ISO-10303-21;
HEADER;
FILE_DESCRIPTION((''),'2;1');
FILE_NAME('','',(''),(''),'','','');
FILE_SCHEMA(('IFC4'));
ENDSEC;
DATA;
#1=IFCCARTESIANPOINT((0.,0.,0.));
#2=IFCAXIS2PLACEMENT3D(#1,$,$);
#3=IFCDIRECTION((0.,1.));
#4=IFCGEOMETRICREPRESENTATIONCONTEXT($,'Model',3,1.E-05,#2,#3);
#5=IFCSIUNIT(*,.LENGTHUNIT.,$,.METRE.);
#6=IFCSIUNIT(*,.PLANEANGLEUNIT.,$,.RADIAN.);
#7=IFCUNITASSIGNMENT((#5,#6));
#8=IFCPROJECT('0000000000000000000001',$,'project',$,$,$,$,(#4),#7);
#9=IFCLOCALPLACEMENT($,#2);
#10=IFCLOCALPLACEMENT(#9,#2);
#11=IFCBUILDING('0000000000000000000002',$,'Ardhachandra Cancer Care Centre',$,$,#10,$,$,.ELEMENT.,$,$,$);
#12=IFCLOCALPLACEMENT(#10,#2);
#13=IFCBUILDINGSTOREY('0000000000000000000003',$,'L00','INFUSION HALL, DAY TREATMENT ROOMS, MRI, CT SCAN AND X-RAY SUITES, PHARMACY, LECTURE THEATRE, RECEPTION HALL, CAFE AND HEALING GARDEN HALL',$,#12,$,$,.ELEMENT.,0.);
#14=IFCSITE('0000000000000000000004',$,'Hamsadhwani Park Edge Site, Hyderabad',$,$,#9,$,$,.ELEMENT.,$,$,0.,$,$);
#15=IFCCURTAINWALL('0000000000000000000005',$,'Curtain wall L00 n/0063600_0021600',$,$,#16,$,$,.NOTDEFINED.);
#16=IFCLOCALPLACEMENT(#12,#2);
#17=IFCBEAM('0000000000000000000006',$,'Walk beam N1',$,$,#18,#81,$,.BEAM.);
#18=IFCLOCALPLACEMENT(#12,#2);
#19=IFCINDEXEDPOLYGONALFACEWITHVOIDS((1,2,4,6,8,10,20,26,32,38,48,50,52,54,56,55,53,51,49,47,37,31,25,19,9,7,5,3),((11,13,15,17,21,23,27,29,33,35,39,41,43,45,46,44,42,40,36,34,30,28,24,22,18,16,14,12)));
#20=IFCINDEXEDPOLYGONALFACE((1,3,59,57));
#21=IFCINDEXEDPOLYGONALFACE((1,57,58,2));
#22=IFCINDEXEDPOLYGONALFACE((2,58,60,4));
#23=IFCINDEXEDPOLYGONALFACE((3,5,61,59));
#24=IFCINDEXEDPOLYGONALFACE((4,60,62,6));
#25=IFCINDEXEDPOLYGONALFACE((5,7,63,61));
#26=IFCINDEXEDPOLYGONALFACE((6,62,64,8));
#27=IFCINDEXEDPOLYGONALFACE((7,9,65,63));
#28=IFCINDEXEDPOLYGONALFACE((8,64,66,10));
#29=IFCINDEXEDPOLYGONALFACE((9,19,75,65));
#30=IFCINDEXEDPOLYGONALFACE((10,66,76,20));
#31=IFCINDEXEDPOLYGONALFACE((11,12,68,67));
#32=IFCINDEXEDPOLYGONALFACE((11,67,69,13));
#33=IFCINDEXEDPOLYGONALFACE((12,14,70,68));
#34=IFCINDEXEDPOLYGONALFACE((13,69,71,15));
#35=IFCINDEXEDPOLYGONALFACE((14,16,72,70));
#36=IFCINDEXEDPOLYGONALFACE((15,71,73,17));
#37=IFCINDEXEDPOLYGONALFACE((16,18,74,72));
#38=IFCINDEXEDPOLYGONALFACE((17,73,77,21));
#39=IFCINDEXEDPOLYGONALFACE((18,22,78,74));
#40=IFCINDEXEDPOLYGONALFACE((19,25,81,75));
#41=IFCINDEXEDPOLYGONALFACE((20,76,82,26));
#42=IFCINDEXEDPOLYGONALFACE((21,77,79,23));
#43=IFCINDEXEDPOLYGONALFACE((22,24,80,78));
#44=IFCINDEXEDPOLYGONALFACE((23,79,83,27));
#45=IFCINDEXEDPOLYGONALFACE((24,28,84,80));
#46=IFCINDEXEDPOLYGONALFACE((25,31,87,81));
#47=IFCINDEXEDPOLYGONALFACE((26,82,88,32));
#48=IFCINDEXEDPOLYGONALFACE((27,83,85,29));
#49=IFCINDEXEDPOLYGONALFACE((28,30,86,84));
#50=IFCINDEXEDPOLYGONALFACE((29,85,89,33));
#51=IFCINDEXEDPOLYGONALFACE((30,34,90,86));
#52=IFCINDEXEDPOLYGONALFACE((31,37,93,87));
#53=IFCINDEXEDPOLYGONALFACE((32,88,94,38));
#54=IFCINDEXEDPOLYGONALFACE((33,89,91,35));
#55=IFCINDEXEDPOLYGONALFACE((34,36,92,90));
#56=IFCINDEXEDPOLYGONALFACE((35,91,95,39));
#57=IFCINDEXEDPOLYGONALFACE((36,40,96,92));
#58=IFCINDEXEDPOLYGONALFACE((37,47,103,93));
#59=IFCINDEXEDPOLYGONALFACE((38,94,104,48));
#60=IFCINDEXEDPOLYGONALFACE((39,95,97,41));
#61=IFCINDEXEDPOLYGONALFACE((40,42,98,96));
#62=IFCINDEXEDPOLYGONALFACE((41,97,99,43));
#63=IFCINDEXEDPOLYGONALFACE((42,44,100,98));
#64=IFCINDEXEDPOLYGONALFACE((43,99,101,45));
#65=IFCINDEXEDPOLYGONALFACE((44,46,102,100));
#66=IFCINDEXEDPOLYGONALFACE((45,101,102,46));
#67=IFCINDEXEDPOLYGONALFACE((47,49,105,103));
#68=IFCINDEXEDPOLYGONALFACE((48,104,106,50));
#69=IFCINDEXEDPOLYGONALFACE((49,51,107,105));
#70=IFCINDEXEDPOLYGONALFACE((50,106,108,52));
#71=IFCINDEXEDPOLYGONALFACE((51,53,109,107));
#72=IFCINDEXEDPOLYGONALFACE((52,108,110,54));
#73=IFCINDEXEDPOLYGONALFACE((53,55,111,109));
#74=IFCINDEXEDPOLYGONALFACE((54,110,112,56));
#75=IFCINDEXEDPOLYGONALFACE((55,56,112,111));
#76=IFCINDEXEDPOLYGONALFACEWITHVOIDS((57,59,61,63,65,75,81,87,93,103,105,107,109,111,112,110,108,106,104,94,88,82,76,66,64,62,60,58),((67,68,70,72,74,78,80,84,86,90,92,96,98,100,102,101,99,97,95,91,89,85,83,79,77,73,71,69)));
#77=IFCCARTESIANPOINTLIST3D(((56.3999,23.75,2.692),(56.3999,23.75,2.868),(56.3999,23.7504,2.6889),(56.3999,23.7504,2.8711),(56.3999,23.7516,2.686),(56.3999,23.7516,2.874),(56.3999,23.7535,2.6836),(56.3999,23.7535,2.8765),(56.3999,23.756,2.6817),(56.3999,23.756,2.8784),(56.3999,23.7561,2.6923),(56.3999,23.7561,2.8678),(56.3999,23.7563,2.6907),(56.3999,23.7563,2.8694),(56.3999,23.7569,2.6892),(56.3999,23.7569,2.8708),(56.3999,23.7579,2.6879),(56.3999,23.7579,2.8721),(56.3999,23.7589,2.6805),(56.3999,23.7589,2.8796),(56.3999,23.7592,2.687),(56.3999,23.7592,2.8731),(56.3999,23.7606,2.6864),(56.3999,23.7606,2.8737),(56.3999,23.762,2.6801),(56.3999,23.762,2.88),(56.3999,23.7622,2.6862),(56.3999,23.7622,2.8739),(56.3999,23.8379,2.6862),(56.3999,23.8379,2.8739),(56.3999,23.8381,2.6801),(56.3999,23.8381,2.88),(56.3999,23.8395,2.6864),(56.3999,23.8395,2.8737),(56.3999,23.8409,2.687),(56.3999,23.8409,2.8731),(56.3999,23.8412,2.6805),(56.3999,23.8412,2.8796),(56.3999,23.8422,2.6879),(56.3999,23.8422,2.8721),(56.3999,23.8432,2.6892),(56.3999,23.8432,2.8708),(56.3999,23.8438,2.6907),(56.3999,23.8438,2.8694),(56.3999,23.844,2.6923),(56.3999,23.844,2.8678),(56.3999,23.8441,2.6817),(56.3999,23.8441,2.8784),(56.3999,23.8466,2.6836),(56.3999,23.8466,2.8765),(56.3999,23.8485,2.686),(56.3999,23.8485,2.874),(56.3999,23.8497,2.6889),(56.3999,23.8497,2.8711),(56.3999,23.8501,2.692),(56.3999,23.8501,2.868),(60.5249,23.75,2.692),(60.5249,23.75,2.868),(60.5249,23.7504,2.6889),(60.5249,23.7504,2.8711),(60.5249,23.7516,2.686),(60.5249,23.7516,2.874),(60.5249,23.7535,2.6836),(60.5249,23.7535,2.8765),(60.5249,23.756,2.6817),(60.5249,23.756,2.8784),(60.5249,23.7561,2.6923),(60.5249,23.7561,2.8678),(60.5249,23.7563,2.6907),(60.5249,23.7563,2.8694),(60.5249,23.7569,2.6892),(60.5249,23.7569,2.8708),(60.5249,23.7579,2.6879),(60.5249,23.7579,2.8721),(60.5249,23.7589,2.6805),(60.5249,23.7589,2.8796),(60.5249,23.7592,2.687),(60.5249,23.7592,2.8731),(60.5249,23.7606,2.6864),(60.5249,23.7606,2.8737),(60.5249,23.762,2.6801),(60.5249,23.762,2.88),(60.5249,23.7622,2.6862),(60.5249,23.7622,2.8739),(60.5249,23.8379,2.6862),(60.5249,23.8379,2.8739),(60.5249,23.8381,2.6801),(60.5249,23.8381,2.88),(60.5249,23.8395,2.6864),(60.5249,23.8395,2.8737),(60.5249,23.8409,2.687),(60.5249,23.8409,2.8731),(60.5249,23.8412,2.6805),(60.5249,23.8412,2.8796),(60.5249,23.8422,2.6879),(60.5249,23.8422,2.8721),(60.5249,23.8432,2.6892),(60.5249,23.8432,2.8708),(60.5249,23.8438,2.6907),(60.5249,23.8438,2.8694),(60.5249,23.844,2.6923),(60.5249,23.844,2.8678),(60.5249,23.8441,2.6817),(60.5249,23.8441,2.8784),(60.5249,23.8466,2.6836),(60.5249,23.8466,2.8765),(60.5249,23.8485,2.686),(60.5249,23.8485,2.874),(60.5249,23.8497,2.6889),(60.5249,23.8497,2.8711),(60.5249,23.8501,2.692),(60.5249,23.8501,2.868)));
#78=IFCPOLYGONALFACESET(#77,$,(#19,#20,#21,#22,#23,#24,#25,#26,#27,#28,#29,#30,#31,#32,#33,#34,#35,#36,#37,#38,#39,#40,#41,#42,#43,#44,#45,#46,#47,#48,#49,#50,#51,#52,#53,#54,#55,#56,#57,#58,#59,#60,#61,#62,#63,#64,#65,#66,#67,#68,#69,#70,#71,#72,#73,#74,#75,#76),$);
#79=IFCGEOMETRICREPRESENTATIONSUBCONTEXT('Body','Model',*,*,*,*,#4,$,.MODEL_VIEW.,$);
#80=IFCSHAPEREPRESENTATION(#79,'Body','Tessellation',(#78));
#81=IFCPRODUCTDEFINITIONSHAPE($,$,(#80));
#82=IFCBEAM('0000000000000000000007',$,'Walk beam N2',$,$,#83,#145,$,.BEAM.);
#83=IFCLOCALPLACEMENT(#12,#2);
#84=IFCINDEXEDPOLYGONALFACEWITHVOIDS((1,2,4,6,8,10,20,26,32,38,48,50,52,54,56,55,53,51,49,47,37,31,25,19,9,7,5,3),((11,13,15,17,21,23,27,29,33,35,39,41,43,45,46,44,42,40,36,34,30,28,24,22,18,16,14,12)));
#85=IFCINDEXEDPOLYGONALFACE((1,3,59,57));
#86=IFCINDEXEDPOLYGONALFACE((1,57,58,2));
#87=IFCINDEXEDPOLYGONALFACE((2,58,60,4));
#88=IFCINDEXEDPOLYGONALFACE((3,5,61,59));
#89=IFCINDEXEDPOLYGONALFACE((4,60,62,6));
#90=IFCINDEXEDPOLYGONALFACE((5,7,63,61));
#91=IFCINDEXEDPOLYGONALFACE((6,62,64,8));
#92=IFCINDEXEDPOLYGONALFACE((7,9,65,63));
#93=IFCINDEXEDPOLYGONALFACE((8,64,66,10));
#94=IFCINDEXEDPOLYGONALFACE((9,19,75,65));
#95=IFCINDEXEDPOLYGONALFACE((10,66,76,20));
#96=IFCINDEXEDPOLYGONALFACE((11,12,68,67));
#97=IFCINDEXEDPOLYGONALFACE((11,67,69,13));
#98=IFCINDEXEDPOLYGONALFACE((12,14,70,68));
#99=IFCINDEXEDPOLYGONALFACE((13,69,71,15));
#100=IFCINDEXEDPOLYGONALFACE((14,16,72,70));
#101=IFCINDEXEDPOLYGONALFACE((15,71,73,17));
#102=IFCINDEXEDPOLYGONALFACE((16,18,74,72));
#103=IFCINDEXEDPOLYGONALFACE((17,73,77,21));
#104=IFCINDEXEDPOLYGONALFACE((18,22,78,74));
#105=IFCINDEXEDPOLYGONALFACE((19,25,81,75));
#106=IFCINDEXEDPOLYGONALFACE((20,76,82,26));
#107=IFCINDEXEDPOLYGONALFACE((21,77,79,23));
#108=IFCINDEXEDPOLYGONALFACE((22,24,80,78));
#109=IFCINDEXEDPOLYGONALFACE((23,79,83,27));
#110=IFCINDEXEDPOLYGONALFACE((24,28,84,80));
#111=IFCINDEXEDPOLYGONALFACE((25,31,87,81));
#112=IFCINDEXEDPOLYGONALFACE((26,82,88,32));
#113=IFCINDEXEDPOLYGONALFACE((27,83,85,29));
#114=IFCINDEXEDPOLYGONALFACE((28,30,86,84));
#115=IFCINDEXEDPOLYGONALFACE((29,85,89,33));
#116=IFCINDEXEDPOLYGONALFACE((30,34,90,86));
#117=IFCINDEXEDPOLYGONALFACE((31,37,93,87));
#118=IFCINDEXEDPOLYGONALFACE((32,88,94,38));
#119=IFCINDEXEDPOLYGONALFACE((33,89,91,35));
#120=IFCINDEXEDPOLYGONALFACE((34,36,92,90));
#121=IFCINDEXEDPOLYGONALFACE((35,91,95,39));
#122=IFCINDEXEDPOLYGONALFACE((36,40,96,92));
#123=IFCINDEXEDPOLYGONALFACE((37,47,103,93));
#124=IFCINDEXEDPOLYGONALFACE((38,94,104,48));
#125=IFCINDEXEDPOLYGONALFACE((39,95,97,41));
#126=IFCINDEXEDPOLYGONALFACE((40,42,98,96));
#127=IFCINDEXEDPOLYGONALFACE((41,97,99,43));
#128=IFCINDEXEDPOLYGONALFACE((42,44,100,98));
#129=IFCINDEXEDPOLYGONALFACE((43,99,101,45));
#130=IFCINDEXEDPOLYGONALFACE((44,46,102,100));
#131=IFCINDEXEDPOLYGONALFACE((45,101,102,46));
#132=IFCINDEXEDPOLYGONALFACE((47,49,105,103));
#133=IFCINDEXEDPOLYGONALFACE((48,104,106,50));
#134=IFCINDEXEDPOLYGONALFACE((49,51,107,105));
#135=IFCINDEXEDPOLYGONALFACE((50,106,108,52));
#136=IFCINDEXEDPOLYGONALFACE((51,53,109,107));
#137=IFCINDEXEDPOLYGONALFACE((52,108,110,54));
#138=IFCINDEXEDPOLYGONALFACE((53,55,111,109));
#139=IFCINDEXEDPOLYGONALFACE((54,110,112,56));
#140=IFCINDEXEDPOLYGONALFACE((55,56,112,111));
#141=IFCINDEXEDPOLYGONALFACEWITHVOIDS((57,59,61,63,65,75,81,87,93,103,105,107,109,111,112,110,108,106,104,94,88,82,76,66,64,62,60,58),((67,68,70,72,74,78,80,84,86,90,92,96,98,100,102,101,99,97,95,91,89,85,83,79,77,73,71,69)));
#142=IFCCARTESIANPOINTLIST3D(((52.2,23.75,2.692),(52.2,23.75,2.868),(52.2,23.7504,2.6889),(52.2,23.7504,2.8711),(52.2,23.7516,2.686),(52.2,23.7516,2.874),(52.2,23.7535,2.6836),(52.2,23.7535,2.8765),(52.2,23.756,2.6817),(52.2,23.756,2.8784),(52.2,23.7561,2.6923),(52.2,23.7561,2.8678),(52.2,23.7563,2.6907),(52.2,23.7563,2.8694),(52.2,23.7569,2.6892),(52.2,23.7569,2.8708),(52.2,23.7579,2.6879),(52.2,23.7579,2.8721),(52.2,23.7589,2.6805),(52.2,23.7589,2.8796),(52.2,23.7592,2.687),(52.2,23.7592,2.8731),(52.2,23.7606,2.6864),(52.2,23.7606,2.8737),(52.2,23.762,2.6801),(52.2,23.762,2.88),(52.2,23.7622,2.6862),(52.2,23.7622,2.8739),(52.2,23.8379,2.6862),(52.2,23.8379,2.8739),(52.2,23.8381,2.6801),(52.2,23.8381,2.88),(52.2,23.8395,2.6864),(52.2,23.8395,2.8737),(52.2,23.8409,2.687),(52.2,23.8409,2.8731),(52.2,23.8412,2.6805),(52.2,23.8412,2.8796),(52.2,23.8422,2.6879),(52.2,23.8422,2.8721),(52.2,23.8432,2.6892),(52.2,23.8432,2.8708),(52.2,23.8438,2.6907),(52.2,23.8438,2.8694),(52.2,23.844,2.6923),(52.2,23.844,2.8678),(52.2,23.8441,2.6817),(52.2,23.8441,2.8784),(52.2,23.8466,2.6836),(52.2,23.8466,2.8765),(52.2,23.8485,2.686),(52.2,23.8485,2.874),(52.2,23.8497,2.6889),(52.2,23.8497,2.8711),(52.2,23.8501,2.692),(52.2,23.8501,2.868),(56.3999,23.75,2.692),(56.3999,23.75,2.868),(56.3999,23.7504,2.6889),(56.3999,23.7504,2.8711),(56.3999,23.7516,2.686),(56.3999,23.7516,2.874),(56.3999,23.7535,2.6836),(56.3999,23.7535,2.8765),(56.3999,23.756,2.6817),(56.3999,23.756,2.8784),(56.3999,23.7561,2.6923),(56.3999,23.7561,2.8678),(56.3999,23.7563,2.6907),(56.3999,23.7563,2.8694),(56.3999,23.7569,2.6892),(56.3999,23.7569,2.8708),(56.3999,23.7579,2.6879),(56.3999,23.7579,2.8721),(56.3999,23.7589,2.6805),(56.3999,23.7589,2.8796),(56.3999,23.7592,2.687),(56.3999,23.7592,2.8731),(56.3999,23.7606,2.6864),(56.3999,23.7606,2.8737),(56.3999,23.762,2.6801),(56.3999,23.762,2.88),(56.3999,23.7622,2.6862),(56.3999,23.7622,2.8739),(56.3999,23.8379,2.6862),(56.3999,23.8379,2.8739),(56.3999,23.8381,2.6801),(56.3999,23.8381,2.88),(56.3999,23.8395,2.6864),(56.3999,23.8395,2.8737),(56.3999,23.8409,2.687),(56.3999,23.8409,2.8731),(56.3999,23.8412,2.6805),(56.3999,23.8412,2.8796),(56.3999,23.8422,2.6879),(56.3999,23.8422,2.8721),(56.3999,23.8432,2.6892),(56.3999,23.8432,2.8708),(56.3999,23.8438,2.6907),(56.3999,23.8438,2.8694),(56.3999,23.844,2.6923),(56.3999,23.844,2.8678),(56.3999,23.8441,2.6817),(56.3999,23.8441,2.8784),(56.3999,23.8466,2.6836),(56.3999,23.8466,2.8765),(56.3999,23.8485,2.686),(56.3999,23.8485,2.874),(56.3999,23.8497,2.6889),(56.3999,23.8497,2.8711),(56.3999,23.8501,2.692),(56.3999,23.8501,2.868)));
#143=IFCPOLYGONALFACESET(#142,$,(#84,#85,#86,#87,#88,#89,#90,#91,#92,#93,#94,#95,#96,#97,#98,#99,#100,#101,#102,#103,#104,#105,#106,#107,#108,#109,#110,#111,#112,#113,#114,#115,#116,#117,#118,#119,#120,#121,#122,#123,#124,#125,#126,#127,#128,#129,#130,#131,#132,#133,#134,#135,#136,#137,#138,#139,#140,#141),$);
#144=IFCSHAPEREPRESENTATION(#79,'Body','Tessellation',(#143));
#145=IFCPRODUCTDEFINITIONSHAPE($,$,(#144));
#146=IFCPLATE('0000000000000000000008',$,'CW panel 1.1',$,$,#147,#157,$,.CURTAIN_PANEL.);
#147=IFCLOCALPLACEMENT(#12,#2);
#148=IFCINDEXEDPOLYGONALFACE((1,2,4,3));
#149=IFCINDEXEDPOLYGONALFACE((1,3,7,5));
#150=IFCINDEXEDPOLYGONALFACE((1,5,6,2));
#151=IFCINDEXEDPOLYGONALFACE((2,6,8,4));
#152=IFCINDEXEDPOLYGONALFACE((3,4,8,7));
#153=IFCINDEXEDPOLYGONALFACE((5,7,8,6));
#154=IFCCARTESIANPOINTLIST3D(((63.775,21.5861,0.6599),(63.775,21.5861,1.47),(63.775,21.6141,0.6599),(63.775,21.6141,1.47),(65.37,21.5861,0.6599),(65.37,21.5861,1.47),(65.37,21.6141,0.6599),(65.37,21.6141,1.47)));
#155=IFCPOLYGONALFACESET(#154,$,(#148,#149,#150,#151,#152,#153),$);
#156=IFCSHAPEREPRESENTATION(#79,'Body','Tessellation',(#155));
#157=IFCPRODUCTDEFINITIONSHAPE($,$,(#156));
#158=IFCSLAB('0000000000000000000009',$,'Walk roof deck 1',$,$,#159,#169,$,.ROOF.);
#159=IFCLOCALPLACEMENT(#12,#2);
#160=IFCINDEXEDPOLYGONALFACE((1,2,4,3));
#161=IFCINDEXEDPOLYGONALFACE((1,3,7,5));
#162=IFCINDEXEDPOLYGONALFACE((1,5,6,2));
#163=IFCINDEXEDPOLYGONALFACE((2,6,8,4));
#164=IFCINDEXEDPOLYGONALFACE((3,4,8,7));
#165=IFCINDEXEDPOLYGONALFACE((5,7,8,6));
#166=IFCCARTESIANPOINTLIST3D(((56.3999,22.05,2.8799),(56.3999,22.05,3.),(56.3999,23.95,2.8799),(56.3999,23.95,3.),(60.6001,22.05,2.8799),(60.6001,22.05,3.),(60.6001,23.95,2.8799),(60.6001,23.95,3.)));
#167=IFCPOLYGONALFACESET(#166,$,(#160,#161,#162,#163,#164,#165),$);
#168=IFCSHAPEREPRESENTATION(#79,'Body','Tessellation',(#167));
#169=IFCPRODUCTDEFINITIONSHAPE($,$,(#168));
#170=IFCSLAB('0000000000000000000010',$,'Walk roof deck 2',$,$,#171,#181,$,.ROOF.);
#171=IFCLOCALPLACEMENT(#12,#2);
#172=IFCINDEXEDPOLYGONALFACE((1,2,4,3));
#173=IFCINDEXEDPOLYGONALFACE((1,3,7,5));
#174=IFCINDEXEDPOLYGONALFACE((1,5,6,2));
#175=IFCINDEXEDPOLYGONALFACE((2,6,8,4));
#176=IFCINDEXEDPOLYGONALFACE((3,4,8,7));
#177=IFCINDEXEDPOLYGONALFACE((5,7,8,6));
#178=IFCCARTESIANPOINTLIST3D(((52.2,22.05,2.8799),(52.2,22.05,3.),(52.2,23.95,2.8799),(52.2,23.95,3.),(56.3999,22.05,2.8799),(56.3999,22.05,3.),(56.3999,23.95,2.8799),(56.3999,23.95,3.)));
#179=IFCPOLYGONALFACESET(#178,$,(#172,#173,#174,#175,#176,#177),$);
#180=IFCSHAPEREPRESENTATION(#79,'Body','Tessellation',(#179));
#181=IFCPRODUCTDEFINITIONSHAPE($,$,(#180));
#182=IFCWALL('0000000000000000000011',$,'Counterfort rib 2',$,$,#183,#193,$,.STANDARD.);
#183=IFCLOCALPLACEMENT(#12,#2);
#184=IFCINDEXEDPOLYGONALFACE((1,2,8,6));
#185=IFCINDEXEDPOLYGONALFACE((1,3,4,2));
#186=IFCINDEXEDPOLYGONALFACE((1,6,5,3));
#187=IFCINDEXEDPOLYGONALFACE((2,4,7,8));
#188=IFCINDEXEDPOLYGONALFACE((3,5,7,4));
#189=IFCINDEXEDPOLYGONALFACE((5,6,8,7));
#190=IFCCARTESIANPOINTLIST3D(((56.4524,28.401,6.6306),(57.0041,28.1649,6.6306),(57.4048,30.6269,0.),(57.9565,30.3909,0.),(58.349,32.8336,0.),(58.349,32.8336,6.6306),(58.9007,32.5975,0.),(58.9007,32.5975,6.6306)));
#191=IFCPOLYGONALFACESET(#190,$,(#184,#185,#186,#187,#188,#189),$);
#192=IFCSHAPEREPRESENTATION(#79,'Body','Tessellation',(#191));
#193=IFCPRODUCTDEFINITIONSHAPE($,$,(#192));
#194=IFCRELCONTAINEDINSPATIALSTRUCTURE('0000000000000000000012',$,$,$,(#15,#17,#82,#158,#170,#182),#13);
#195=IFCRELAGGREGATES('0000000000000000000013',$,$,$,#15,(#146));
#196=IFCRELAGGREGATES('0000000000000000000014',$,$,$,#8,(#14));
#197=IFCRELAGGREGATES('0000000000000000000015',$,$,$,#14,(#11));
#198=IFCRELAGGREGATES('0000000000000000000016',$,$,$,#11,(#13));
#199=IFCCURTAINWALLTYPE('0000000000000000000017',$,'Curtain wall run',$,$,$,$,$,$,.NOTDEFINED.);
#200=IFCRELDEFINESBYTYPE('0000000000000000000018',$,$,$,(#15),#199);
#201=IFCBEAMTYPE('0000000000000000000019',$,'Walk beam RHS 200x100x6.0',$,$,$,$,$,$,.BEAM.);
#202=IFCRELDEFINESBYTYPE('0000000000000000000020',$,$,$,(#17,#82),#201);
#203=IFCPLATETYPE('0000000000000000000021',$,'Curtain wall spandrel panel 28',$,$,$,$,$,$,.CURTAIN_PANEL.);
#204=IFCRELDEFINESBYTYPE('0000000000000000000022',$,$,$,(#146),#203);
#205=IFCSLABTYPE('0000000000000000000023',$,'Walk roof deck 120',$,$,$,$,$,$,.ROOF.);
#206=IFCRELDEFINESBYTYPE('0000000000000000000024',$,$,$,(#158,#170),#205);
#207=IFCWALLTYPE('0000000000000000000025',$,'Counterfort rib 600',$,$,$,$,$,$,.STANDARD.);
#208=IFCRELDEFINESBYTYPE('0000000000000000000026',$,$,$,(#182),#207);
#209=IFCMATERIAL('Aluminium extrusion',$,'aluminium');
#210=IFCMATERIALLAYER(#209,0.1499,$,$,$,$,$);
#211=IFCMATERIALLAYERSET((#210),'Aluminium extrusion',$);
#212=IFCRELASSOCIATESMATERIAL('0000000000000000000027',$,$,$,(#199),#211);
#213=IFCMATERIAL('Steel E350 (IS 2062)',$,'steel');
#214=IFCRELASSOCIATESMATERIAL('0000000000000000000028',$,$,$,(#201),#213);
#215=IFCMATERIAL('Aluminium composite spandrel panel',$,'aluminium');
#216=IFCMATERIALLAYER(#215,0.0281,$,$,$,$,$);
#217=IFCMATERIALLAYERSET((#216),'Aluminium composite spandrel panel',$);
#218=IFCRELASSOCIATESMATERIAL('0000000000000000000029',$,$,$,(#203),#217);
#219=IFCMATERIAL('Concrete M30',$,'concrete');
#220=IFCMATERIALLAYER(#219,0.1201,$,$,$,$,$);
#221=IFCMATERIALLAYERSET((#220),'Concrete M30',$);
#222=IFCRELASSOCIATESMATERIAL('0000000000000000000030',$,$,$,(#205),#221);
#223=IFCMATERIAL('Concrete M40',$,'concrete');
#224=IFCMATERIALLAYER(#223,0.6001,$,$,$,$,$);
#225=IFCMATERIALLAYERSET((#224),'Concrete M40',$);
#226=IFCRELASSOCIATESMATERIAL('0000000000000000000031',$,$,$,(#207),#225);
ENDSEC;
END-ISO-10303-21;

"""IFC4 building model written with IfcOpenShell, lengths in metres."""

from ifc_helpers import new_model, si_unit, direction, frame, origin, origin_2d, place, context, subcontext, project, spatial, polyline, rectangle, hollow_rectangle, outline, extrude, material, layer, layer_set, material_profile, profile_set, type_object, element, aggregate, save


model = new_model("IFC4")

# Units and contexts
model_context = context("Model", 3, precision=1e-05, world=origin(), true_north=direction((0.0, 1.0)))
body_context = subcontext(model_context, "Body", "Model", "MODEL_VIEW")
ifc_project = project(units=[si_unit("LENGTHUNIT", "METRE"), si_unit("PLANEANGLEUNIT", "RADIAN")], contexts=[model_context])

# Site, building, storey
site_placement = place(None, origin())
site = spatial("IfcSite", under=ifc_project, at=site_placement, Name="Hamsadhwani Park Edge Site, Hyderabad", CompositionType="ELEMENT", RefElevation=0.0)
building_placement = place(site_placement, origin())
building = spatial("IfcBuilding", under=site, at=building_placement, Name="Ardhachandra Cancer Care Centre", CompositionType="ELEMENT")
storey_placement = place(building_placement, origin())
storey = spatial("IfcBuildingStorey", under=building, at=storey_placement, Name="L00", Description="INFUSION HALL, DAY TREATMENT ROOMS, MRI, CT SCAN AND X-RAY SUITES, PHARMACY, LECTURE THEATRE, RECEPTION HALL, CAFE AND HEALING GARDEN HALL", CompositionType="ELEMENT", Elevation=0.0)

# Curtain wall
ifc_material_1 = material(Name="Aluminium extrusion", Category="aluminium")
ifc_layer_1 = layer(ifc_material_1, 0.1499)
ifc_layer_set_1 = layer_set([ifc_layer_1], Name="Aluminium extrusion")
curtain_wall_type = type_object("IfcCurtainWallType", Name="Curtain wall run", PredefinedType="NOTDEFINED", material=ifc_layer_set_1)
curtain_wall_1_placement = place(storey_placement, origin())
curtain_wall_1 = element("IfcCurtainWall", 1, at=curtain_wall_1_placement, inside=storey, type_object=curtain_wall_type, Name="Curtain wall L00 n/0063600_0021600", PredefinedType="NOTDEFINED")

# Beams
ifc_material_2 = material(Name="Steel E350 (IS 2062)", Category="steel")
ifc_material_profile_1 = material_profile(ifc_material_2, hollow_rectangle(XDim=0.1001, YDim=0.2, WallThickness=0.0061, InnerFilletRadius=0.0061, OuterFilletRadius=0.012, at=origin_2d()), Name="RHS 200x100x6.0")
ifc_profile_set_1 = profile_set([ifc_material_profile_1], Name="Steel E350 (IS 2062)")
beam_type_1 = type_object("IfcBeamType", Name="Walk beam RHS 200x100x6.0", PredefinedType="BEAM", material=ifc_profile_set_1)
beam_1_placement = place(storey_placement, frame((56.3999, 23.8, 2.78), z_axis=(1.0, 0.0, 0.0), x_axis=(0.0, 1.0, 0.0)))
element("IfcBeam", 2, at=beam_1_placement, inside=storey, type_object=beam_type_1, Name="Walk beam N1", PredefinedType="BEAM", context=body_context, shape_type="SweptSolid", body=[
    extrude(hollow_rectangle(XDim=0.1001, YDim=0.2, WallThickness=0.0061, InnerFilletRadius=0.0061, OuterFilletRadius=0.012, at=origin_2d()), origin(), (0.0, 0.0, 1.0), 4.125),
])
beam_2_placement = place(storey_placement, frame((52.2, 23.8, 2.78), z_axis=(1.0, 0.0, 0.0), x_axis=(0.0, 1.0, 0.0)))
element("IfcBeam", 3, at=beam_2_placement, inside=storey, type_object=beam_type_1, Name="Walk beam N2", PredefinedType="BEAM", context=body_context, shape_type="SweptSolid", body=[
    extrude(hollow_rectangle(XDim=0.1001, YDim=0.2, WallThickness=0.0061, InnerFilletRadius=0.0061, OuterFilletRadius=0.012, at=origin_2d()), origin(), (0.0, 0.0, 1.0), 4.2),
])

# Plate
ifc_material_3 = material(Name="Aluminium composite spandrel panel", Category="aluminium")
ifc_layer_2 = layer(ifc_material_3, 0.0281)
ifc_layer_set_2 = layer_set([ifc_layer_2], Name="Aluminium composite spandrel panel")
plate_type = type_object("IfcPlateType", Name="Curtain wall spandrel panel 28", PredefinedType="CURTAIN_PANEL", material=ifc_layer_set_2)
plate_placement = place(storey_placement, frame((64.5725, 21.6001, 0.6599), z_axis=(0.0, 0.0, 1.0), x_axis=(1.0, 0.0, 0.0)))
plate = element("IfcPlate", 4, at=plate_placement, type_object=plate_type, Name="CW panel 1.1", PredefinedType="CURTAIN_PANEL", context=body_context, shape_type="SweptSolid", body=[
    extrude(rectangle(XDim=1.595, YDim=0.0281, at=origin_2d()), origin(), (0.0, 0.0, 1.0), 0.8101),
])
aggregate(curtain_wall_1, [plate])

# Slabs
ifc_material_4 = material(Name="Concrete M30", Category="concrete")
ifc_layer_3 = layer(ifc_material_4, 0.1201)
ifc_layer_set_3 = layer_set([ifc_layer_3], Name="Concrete M30")
slab_type = type_object("IfcSlabType", Name="Walk roof deck 120", PredefinedType="ROOF", material=ifc_layer_set_3)
slab_1_placement = place(storey_placement, frame((56.3999, 22.05, 3.0), z_axis=(0.0, 0.0, 1.0), x_axis=(1.0, 0.0, 0.0)))
element("IfcSlab", 5, at=slab_1_placement, inside=storey, type_object=slab_type, Name="Walk roof deck 1", PredefinedType="ROOF", context=body_context, shape_type="SweptSolid", body=[
    extrude(outline(polyline([(0.0, 0.0), (4.2002, 0.0), (4.2002, 1.8999), (0.0, 1.8999), (0.0, 0.0)])), origin(), (0.0, 0.0, -1.0), 0.1201),
])
slab_2_placement = place(storey_placement, frame((52.2, 22.05, 3.0), z_axis=(0.0, 0.0, 1.0), x_axis=(1.0, 0.0, 0.0)))
element("IfcSlab", 6, at=slab_2_placement, inside=storey, type_object=slab_type, Name="Walk roof deck 2", PredefinedType="ROOF", context=body_context, shape_type="SweptSolid", body=[
    extrude(outline(polyline([(0.0, 0.0), (4.2, 0.0), (4.2, 1.8999), (0.0, 1.8999), (0.0, 0.0)])), origin(), (0.0, 0.0, -1.0), 0.1201),
])

# Wall
ifc_material_5 = material(Name="Concrete M40", Category="concrete")
ifc_layer_4 = layer(ifc_material_5, 0.6001)
ifc_layer_set_4 = layer_set([ifc_layer_4], Name="Concrete M40")
wall_type_1 = type_object("IfcWallType", Name="Counterfort rib 600", PredefinedType="STANDARD", material=ifc_layer_set_4)
wall_1_placement = place(storey_placement, frame((56.7283, 28.283, 0.0), z_axis=(0.0, 0.0, 1.0), x_axis=(0.393375, 0.919378, 0.0)))
element("IfcWall", 7, at=wall_1_placement, inside=storey, type_object=wall_type_1, Name="Counterfort rib 2", PredefinedType="STANDARD", context=body_context, shape_type="SweptSolid", body=[
    extrude(outline(polyline([(2.4211, 0.0), (4.8213, 0.0), (4.8213, 6.6306), (0.0, 6.6306), (2.4211, 0.0)])), frame((0.0, 0.3, 0.0), z_axis=(0.0, -1.0, 0.0), x_axis=(1.0, 0.0, 0.0)), (0.0, 0.0, 1.0), 0.6001),
])

save(model, "model.ifc")
